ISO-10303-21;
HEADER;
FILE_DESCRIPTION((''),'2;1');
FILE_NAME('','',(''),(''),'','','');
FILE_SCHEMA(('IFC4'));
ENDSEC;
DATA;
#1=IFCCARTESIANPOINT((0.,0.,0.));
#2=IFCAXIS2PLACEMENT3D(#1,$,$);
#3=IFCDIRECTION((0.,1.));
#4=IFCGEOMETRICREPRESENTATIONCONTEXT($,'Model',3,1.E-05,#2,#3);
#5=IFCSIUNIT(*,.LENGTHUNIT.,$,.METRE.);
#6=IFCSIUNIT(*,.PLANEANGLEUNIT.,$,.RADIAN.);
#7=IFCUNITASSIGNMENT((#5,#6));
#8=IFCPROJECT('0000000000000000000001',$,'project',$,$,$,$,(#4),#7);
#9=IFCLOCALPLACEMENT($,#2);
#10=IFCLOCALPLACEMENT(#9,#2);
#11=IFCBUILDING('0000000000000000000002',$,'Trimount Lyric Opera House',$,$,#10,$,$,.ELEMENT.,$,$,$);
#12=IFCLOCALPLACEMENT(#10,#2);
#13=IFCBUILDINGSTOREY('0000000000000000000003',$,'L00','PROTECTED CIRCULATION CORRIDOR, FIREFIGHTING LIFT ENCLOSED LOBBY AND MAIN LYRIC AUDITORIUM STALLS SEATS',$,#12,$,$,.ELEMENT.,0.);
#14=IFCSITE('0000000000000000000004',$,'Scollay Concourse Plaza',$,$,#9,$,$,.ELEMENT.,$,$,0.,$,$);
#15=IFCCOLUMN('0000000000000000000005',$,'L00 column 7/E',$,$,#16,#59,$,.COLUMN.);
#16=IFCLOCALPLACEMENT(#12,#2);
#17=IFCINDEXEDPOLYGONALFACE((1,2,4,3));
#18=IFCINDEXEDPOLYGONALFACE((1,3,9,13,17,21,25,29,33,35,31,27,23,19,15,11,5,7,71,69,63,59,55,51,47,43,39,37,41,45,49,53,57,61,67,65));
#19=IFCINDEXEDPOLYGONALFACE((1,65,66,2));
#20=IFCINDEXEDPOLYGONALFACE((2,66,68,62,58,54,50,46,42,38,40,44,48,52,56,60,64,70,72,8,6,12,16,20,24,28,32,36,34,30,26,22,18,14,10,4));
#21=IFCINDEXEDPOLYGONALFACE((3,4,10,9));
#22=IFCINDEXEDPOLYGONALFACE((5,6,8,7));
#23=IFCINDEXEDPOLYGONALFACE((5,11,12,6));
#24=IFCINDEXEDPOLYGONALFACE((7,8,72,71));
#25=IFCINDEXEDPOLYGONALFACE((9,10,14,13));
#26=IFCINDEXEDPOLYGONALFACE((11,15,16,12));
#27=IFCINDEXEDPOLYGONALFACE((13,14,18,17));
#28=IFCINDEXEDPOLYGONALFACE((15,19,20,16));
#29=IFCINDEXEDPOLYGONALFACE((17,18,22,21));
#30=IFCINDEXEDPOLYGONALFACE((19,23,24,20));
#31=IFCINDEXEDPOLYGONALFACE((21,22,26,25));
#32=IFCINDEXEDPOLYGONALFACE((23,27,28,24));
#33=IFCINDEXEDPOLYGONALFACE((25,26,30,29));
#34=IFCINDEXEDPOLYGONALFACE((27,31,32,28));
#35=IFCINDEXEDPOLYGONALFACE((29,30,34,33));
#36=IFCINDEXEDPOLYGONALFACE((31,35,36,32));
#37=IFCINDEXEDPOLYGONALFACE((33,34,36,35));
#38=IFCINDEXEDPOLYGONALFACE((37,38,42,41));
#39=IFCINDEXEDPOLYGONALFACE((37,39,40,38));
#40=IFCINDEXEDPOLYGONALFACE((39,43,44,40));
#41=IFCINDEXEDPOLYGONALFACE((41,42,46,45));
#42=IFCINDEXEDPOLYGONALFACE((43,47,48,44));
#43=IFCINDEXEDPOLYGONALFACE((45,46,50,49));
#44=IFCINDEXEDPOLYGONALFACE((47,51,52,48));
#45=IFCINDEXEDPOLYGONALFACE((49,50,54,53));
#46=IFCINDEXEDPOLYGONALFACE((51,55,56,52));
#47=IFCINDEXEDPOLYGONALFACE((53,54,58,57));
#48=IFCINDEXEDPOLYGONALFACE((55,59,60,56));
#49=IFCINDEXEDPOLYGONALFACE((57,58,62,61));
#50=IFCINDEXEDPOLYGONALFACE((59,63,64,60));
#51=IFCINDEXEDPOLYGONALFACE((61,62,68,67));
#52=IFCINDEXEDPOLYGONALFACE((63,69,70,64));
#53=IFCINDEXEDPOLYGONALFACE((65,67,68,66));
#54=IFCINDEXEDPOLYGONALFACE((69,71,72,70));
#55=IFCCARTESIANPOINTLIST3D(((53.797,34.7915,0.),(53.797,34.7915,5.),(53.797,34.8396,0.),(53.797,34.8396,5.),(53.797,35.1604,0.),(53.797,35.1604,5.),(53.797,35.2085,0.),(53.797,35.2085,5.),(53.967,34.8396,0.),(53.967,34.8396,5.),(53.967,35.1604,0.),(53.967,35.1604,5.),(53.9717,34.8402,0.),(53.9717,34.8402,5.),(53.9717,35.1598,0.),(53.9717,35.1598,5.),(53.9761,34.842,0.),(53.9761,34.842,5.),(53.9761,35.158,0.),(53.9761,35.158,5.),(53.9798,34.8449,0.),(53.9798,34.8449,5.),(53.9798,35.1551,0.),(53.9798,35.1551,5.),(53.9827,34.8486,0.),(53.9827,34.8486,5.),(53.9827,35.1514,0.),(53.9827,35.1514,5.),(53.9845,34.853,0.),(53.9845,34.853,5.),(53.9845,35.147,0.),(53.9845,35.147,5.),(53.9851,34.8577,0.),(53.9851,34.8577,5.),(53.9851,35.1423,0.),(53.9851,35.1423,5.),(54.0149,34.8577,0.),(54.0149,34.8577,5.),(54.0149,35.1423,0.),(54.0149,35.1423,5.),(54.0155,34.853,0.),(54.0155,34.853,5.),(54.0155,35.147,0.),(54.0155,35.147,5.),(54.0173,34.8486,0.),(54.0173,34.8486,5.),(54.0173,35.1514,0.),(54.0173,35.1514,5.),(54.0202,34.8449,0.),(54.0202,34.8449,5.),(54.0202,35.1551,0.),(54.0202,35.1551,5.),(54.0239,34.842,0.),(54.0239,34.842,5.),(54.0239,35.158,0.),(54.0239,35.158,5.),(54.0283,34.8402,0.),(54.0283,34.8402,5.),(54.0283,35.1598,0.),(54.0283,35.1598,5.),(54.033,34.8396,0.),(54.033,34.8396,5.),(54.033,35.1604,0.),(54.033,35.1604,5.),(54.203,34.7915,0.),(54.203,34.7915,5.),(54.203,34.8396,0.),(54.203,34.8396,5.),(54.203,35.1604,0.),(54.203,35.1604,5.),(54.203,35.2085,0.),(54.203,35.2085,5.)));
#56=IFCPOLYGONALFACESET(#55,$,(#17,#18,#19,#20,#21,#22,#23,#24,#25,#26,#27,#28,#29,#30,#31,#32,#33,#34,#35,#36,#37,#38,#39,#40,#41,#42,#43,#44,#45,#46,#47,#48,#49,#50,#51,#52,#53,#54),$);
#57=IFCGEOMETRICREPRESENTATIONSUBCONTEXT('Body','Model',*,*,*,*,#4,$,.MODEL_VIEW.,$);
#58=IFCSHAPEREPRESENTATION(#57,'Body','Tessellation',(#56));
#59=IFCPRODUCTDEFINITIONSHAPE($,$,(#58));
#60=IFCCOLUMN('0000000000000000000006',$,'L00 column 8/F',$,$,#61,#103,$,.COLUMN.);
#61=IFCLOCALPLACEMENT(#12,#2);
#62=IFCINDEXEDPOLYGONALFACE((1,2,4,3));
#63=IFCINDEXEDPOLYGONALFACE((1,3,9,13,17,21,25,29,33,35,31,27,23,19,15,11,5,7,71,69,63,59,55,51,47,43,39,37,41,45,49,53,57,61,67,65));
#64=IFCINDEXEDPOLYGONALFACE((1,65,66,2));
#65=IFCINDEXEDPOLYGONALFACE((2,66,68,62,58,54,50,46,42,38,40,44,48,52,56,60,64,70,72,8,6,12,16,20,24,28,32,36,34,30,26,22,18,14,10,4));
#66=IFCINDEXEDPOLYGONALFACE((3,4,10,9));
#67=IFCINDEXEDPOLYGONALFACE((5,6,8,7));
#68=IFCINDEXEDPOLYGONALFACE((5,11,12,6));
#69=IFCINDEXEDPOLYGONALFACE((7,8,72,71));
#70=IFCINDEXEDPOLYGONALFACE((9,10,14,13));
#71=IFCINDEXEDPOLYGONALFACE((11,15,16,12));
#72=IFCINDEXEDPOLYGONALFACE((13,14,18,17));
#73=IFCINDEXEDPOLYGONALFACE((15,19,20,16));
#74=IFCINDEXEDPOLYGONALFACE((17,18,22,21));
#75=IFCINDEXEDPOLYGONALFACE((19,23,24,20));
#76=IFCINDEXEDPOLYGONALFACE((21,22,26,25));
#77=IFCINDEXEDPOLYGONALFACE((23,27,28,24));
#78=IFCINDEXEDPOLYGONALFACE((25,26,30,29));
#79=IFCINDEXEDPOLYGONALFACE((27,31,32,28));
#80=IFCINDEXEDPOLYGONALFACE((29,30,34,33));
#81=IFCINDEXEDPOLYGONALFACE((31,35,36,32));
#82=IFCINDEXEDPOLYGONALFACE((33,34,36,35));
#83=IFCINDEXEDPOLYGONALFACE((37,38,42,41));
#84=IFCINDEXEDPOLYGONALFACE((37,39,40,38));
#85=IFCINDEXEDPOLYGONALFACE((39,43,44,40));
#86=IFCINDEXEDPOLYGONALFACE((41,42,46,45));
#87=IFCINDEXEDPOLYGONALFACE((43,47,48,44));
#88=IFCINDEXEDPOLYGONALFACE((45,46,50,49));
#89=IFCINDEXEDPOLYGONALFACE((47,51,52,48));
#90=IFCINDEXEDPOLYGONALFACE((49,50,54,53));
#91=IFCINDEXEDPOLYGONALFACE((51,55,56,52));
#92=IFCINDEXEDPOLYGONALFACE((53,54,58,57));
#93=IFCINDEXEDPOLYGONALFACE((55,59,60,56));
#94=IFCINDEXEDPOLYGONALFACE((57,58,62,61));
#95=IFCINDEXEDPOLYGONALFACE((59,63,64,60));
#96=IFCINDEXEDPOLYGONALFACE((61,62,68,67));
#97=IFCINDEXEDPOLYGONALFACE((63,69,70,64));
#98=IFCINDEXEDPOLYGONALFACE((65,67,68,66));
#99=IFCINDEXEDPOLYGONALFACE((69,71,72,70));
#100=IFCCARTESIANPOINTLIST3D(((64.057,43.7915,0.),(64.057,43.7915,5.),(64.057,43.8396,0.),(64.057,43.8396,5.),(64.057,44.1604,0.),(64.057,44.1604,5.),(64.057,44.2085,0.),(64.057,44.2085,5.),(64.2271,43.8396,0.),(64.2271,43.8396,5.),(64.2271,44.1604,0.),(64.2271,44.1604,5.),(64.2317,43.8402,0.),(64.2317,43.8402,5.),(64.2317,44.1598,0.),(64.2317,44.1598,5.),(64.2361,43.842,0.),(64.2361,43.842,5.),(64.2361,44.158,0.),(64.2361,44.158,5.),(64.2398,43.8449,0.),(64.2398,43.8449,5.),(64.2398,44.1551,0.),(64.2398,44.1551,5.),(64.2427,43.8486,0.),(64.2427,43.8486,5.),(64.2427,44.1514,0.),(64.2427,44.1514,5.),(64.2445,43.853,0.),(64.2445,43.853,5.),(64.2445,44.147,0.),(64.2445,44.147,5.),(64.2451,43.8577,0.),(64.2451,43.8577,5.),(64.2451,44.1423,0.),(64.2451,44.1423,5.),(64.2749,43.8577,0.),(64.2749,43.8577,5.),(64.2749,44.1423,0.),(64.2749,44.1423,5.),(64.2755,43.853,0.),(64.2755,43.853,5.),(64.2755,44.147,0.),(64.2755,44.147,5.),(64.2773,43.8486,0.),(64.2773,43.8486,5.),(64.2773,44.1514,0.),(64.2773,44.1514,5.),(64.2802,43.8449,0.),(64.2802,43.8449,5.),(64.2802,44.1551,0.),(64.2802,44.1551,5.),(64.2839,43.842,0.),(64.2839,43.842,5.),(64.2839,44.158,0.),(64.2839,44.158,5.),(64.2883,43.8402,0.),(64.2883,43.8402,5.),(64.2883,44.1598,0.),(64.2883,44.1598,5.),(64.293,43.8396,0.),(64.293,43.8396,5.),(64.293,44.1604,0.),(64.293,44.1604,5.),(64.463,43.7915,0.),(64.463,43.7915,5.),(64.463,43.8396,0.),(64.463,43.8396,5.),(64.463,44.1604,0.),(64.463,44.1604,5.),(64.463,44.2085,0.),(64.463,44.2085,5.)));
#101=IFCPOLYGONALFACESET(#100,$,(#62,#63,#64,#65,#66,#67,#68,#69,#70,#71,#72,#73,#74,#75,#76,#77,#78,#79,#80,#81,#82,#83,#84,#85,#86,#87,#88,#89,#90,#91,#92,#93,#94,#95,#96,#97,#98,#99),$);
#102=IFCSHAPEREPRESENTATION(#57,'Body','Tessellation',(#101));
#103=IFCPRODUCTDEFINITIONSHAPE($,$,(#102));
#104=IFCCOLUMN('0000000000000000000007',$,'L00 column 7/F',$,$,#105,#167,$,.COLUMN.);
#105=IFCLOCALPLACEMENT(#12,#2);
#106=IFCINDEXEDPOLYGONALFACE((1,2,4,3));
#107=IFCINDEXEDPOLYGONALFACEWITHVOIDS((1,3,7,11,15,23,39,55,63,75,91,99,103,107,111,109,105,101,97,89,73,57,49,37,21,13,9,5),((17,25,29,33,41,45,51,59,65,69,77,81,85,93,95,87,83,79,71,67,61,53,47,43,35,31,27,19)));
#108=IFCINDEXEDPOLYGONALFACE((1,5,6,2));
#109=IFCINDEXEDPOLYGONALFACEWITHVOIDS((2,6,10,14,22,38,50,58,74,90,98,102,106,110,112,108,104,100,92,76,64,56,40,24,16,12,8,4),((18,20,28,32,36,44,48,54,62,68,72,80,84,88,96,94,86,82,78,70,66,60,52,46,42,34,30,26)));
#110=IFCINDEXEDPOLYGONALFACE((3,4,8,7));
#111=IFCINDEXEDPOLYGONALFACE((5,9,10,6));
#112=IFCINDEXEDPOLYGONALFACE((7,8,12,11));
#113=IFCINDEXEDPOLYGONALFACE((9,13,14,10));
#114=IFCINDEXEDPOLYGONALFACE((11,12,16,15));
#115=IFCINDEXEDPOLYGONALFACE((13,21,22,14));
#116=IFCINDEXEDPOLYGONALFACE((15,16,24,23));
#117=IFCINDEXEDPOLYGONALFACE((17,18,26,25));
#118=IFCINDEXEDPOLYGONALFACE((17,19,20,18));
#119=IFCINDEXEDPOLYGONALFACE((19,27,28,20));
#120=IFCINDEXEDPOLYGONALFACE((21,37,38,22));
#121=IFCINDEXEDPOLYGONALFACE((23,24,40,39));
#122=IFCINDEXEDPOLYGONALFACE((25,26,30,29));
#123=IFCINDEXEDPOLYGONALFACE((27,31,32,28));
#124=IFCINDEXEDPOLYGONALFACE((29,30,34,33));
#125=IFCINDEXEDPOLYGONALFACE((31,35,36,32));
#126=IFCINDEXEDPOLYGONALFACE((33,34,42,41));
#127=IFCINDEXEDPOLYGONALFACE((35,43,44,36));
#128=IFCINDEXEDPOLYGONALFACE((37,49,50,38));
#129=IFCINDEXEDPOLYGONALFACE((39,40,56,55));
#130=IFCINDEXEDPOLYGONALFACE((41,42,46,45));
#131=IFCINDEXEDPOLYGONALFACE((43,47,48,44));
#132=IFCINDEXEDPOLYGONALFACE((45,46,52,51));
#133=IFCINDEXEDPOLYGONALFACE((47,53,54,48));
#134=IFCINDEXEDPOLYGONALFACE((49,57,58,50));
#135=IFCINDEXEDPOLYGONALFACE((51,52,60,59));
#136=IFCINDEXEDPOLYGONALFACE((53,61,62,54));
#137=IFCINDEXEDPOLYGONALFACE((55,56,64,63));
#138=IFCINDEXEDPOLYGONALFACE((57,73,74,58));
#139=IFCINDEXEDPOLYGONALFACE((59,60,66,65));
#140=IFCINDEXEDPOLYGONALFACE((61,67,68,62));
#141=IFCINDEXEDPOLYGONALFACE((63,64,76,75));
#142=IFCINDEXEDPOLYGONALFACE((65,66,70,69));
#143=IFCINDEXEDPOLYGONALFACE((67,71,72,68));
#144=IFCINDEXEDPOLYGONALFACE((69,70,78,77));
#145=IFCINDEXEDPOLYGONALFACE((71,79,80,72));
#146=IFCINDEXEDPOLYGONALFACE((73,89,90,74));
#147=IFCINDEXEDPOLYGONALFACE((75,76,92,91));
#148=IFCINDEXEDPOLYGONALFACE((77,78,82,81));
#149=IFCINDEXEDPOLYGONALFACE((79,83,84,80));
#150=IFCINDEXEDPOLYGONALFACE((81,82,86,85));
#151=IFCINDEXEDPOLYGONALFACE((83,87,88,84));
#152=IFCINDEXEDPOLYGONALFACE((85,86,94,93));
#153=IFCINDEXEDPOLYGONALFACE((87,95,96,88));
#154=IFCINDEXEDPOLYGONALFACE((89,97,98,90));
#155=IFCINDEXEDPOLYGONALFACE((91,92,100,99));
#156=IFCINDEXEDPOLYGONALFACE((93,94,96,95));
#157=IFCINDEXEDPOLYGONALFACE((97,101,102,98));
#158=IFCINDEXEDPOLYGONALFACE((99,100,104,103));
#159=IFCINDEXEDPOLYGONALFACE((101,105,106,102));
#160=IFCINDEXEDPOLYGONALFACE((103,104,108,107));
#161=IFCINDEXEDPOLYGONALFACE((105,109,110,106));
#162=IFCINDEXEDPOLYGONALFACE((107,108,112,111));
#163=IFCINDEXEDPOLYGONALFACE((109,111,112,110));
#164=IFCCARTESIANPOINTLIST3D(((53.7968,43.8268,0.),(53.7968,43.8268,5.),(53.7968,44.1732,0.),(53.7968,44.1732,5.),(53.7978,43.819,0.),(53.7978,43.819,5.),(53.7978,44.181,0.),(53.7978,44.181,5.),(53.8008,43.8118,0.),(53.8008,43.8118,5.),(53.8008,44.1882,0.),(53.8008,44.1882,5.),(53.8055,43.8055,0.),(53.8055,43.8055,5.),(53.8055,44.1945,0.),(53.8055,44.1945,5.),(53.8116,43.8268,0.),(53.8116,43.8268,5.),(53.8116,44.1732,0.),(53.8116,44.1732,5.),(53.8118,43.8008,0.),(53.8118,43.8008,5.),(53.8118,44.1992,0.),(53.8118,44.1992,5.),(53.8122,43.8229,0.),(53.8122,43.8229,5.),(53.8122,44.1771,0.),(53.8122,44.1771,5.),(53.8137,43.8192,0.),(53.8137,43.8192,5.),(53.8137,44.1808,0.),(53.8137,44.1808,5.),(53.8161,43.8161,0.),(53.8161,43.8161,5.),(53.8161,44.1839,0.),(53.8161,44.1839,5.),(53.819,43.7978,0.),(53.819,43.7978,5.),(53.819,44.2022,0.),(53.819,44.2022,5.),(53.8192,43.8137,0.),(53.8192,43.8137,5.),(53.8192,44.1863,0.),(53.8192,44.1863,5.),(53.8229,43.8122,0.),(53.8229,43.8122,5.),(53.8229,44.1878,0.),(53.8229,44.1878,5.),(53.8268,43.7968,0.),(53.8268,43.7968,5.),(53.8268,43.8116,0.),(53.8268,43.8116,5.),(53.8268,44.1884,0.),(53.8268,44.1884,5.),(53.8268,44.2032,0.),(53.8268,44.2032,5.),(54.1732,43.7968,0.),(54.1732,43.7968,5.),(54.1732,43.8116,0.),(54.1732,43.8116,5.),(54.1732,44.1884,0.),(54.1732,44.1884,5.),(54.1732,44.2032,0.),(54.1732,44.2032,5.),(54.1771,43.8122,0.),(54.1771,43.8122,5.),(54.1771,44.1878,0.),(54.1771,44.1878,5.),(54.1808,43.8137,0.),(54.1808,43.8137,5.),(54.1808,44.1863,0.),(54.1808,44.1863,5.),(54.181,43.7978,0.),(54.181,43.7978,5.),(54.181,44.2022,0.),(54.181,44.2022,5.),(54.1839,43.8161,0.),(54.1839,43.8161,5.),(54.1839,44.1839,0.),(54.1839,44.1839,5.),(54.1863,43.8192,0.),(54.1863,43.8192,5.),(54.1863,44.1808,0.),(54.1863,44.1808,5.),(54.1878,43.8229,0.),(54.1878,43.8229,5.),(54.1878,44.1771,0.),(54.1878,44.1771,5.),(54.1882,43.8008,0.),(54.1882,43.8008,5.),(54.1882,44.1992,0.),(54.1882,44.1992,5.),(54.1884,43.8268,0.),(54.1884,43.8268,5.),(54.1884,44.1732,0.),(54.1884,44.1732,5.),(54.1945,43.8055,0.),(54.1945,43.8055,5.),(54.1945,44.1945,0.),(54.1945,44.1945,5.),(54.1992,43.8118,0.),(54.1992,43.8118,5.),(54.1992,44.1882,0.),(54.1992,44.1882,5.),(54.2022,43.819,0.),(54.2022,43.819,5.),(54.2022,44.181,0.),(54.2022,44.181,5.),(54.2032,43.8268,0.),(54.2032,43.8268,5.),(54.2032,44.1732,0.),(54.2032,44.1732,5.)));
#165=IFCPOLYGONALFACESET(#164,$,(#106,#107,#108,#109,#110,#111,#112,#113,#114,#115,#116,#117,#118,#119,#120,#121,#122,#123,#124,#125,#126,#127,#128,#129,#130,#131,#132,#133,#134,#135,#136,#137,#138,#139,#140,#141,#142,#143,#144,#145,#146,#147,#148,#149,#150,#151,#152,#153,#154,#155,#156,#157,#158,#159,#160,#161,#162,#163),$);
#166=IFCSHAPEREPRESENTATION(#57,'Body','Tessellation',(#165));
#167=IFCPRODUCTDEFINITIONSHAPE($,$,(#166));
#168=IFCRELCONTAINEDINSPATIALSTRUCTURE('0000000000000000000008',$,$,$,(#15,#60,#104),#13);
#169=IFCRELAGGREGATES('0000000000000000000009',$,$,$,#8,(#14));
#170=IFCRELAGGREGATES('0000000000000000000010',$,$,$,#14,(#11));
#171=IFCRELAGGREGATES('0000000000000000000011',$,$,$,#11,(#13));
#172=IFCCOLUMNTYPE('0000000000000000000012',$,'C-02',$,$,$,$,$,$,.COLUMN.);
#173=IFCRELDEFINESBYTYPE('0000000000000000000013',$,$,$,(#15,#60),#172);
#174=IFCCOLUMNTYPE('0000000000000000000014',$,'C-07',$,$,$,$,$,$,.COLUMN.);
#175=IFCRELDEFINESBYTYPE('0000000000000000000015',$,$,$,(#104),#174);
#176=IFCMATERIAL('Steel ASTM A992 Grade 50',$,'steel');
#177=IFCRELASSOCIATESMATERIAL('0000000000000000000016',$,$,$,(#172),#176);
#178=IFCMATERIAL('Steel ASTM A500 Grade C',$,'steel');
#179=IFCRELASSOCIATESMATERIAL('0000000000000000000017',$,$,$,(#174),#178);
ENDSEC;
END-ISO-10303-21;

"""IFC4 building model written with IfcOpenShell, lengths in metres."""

from ifc_helpers import new_model, si_unit, direction, frame, origin, origin_2d, place, context, subcontext, project, spatial, hollow_rectangle, i_section, extrude, material, material_profile, profile_set, type_object, element, save


model = new_model("IFC4")

# Units and contexts
model_context = context("Model", 3, precision=1e-05, world=origin(), true_north=direction((0.0, 1.0)))
body_context = subcontext(model_context, "Body", "Model", "MODEL_VIEW")
ifc_project = project(units=[si_unit("LENGTHUNIT", "METRE"), si_unit("PLANEANGLEUNIT", "RADIAN")], contexts=[model_context])

# Site, building, storey
site_placement = place(None, origin())
site = spatial("IfcSite", under=ifc_project, at=site_placement, Name="Scollay Concourse Plaza", CompositionType="ELEMENT", RefElevation=0.0)
building_placement = place(site_placement, origin())
building = spatial("IfcBuilding", under=site, at=building_placement, Name="Trimount Lyric Opera House", CompositionType="ELEMENT")
storey_placement = place(building_placement, origin())
storey = spatial("IfcBuildingStorey", under=building, at=storey_placement, Name="L00", Description="PROTECTED CIRCULATION CORRIDOR, FIREFIGHTING LIFT ENCLOSED LOBBY AND MAIN LYRIC AUDITORIUM STALLS SEATS", CompositionType="ELEMENT", Elevation=0.0)

# Columns
ifc_material_1 = material(Name="Steel ASTM A992 Grade 50", Category="steel")
ifc_material_profile_1 = material_profile(ifc_material_1, i_section(OverallWidth=0.406, OverallDepth=0.417, WebThickness=0.0298, FlangeThickness=0.0481, FilletRadius=0.0181, at=origin_2d()), Name="W14X257")
ifc_profile_set_1 = profile_set([ifc_material_profile_1], Name="Steel ASTM A992 Grade 50")
column_type_1 = type_object("IfcColumnType", Name="C-02", PredefinedType="COLUMN", material=ifc_profile_set_1)
for number, where, z_axis, x_axis, name in (
    (1, (54.0, 35.0, 0.0), (0.0, 0.0, 1.0), (1.0, 0.0, 0.0), "L00 column 7/E"),
    (2, (64.26, 44.0, 0.0), (0.0, 0.0, 1.0), (1.0, 0.0, 0.0), "L00 column 8/F"),
):
    element("IfcColumn", number, at=place(storey_placement, frame(where, z_axis=z_axis, x_axis=x_axis)), inside=storey, type_object=column_type_1, Name=name, PredefinedType="COLUMN", context=body_context, shape_type="SweptSolid", body=[
        extrude(i_section(OverallWidth=0.406, OverallDepth=0.417, WebThickness=0.0298, FlangeThickness=0.0481, FilletRadius=0.0181, at=origin_2d()), origin(), (0.0, 0.0, 1.0), 5.0),
    ])
ifc_material_2 = material(Name="Steel ASTM A500 Grade C", Category="steel")
ifc_material_profile_2 = material_profile(ifc_material_2, hollow_rectangle(XDim=0.4065, YDim=0.4065, WallThickness=0.0149, InnerFilletRadius=0.0151, OuterFilletRadius=0.03, at=origin_2d()), Name="HSS406.4X406.4X15.9")
ifc_profile_set_2 = profile_set([ifc_material_profile_2], Name="Steel ASTM A500 Grade C")
column_type_2 = type_object("IfcColumnType", Name="C-07", PredefinedType="COLUMN", material=ifc_profile_set_2)
for number, where, z_axis, x_axis, name in (
    (3, (54.0, 44.0, 0.0), (0.0, 0.0, 1.0), (1.0, 0.0, 0.0), "L00 column 7/F"),
):
    element("IfcColumn", number, at=place(storey_placement, frame(where, z_axis=z_axis, x_axis=x_axis)), inside=storey, type_object=column_type_2, Name=name, PredefinedType="COLUMN", context=body_context, shape_type="SweptSolid", body=[
        extrude(hollow_rectangle(XDim=0.4065, YDim=0.4065, WallThickness=0.0149, InnerFilletRadius=0.0151, OuterFilletRadius=0.03, at=origin_2d()), origin(), (0.0, 0.0, 1.0), 5.0),
    ])

save(model, "model.ifc")
